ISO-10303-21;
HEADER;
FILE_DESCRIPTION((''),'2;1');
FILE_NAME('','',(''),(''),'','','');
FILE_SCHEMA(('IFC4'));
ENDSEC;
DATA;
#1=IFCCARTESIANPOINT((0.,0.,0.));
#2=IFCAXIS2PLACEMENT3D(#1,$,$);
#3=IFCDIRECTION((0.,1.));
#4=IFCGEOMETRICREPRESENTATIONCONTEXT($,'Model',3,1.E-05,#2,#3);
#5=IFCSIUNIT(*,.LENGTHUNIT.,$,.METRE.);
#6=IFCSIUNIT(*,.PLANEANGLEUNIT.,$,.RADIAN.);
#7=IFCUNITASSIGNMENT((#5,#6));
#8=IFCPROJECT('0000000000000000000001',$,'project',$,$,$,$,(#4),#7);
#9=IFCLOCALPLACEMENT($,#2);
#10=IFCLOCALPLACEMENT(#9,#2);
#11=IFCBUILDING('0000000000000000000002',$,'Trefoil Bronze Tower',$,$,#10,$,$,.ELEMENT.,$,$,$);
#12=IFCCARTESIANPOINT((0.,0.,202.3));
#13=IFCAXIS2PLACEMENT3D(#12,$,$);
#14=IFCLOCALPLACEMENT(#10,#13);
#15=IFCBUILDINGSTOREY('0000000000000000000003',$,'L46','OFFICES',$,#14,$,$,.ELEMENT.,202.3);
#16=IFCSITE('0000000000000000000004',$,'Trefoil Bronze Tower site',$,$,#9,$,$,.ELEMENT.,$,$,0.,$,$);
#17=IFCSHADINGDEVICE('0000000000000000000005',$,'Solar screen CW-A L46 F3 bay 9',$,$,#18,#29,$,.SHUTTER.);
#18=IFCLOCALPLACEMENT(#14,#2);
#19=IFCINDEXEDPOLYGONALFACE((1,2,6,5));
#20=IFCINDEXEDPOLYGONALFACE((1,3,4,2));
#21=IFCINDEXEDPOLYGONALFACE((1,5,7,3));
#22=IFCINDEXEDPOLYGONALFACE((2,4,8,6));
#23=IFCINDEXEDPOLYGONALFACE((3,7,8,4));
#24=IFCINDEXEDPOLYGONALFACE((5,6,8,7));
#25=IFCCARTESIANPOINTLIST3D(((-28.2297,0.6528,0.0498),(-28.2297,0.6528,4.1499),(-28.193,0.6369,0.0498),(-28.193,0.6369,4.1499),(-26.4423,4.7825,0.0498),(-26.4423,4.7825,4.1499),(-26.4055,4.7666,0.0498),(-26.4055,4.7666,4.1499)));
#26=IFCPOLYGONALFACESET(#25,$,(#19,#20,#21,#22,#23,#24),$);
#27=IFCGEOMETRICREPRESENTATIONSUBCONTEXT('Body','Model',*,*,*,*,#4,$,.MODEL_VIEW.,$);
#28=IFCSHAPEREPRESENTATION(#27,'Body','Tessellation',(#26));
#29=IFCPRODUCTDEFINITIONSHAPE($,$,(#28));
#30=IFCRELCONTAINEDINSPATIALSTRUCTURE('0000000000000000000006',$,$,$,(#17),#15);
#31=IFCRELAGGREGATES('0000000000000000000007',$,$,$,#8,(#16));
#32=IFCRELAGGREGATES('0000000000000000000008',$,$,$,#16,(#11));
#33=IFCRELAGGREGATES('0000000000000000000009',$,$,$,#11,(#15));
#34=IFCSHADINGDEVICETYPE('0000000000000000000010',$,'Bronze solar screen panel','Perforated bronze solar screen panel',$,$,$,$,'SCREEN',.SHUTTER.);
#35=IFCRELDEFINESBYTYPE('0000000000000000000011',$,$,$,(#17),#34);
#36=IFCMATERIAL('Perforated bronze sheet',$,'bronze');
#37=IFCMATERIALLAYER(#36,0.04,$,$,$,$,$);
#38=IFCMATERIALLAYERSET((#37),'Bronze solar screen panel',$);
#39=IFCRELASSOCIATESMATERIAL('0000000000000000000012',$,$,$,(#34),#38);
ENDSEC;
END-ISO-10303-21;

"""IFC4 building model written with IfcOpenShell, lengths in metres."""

from ifc_helpers import new_model, si_unit, direction, frame, origin, origin_2d, place, context, subcontext, project, spatial, rectangle, extrude, material, layer, layer_set, type_object, element, save


model = new_model("IFC4")

# Units and contexts
model_context = context("Model", 3, precision=1e-05, world=origin(), true_north=direction((0.0, 1.0)))
body_context = subcontext(model_context, "Body", "Model", "MODEL_VIEW")
ifc_project = project(units=[si_unit("LENGTHUNIT", "METRE"), si_unit("PLANEANGLEUNIT", "RADIAN")], contexts=[model_context])

# Site, building, storey
site_placement = place(None, origin())
site = spatial("IfcSite", under=ifc_project, at=site_placement, Name="Trefoil Bronze Tower site", CompositionType="ELEMENT", RefElevation=0.0)
building_placement = place(site_placement, origin())
building = spatial("IfcBuilding", under=site, at=building_placement, Name="Trefoil Bronze Tower", CompositionType="ELEMENT")
storey_placement = place(building_placement, frame((0.0, 0.0, 202.3)))
storey = spatial("IfcBuildingStorey", under=building, at=storey_placement, Name="L46", Description="OFFICES", CompositionType="ELEMENT", Elevation=202.3)

# Shading device
ifc_material_1 = material(Name="Perforated bronze sheet", Category="bronze")
ifc_layer_1 = layer(ifc_material_1, 0.04)
ifc_layer_set_1 = layer_set([ifc_layer_1], Name="Bronze solar screen panel")
shading_device_type = type_object("IfcShadingDeviceType", Name="Bronze solar screen panel", Description="Perforated bronze solar screen panel", ElementType="SCREEN", PredefinedType="SHUTTER", material=ifc_layer_set_1)
shading_device_1_placement = place(storey_placement, frame((-27.3176, 2.7097, 0.0498), z_axis=(0.0, 0.0, 1.0), x_axis=(-0.39722, -0.917723, 0.0)))
element("IfcShadingDevice", 1, at=shading_device_1_placement, inside=storey, type_object=shading_device_type, Name="Solar screen CW-A L46 F3 bay 9", PredefinedType="SHUTTER", context=body_context, shape_type="SweptSolid", body=[
    extrude(rectangle(XDim=4.5, YDim=0.04, at=origin_2d()), origin(), (0.0, 0.0, 1.0), 4.1001),
])

save(model, "model.ifc")
